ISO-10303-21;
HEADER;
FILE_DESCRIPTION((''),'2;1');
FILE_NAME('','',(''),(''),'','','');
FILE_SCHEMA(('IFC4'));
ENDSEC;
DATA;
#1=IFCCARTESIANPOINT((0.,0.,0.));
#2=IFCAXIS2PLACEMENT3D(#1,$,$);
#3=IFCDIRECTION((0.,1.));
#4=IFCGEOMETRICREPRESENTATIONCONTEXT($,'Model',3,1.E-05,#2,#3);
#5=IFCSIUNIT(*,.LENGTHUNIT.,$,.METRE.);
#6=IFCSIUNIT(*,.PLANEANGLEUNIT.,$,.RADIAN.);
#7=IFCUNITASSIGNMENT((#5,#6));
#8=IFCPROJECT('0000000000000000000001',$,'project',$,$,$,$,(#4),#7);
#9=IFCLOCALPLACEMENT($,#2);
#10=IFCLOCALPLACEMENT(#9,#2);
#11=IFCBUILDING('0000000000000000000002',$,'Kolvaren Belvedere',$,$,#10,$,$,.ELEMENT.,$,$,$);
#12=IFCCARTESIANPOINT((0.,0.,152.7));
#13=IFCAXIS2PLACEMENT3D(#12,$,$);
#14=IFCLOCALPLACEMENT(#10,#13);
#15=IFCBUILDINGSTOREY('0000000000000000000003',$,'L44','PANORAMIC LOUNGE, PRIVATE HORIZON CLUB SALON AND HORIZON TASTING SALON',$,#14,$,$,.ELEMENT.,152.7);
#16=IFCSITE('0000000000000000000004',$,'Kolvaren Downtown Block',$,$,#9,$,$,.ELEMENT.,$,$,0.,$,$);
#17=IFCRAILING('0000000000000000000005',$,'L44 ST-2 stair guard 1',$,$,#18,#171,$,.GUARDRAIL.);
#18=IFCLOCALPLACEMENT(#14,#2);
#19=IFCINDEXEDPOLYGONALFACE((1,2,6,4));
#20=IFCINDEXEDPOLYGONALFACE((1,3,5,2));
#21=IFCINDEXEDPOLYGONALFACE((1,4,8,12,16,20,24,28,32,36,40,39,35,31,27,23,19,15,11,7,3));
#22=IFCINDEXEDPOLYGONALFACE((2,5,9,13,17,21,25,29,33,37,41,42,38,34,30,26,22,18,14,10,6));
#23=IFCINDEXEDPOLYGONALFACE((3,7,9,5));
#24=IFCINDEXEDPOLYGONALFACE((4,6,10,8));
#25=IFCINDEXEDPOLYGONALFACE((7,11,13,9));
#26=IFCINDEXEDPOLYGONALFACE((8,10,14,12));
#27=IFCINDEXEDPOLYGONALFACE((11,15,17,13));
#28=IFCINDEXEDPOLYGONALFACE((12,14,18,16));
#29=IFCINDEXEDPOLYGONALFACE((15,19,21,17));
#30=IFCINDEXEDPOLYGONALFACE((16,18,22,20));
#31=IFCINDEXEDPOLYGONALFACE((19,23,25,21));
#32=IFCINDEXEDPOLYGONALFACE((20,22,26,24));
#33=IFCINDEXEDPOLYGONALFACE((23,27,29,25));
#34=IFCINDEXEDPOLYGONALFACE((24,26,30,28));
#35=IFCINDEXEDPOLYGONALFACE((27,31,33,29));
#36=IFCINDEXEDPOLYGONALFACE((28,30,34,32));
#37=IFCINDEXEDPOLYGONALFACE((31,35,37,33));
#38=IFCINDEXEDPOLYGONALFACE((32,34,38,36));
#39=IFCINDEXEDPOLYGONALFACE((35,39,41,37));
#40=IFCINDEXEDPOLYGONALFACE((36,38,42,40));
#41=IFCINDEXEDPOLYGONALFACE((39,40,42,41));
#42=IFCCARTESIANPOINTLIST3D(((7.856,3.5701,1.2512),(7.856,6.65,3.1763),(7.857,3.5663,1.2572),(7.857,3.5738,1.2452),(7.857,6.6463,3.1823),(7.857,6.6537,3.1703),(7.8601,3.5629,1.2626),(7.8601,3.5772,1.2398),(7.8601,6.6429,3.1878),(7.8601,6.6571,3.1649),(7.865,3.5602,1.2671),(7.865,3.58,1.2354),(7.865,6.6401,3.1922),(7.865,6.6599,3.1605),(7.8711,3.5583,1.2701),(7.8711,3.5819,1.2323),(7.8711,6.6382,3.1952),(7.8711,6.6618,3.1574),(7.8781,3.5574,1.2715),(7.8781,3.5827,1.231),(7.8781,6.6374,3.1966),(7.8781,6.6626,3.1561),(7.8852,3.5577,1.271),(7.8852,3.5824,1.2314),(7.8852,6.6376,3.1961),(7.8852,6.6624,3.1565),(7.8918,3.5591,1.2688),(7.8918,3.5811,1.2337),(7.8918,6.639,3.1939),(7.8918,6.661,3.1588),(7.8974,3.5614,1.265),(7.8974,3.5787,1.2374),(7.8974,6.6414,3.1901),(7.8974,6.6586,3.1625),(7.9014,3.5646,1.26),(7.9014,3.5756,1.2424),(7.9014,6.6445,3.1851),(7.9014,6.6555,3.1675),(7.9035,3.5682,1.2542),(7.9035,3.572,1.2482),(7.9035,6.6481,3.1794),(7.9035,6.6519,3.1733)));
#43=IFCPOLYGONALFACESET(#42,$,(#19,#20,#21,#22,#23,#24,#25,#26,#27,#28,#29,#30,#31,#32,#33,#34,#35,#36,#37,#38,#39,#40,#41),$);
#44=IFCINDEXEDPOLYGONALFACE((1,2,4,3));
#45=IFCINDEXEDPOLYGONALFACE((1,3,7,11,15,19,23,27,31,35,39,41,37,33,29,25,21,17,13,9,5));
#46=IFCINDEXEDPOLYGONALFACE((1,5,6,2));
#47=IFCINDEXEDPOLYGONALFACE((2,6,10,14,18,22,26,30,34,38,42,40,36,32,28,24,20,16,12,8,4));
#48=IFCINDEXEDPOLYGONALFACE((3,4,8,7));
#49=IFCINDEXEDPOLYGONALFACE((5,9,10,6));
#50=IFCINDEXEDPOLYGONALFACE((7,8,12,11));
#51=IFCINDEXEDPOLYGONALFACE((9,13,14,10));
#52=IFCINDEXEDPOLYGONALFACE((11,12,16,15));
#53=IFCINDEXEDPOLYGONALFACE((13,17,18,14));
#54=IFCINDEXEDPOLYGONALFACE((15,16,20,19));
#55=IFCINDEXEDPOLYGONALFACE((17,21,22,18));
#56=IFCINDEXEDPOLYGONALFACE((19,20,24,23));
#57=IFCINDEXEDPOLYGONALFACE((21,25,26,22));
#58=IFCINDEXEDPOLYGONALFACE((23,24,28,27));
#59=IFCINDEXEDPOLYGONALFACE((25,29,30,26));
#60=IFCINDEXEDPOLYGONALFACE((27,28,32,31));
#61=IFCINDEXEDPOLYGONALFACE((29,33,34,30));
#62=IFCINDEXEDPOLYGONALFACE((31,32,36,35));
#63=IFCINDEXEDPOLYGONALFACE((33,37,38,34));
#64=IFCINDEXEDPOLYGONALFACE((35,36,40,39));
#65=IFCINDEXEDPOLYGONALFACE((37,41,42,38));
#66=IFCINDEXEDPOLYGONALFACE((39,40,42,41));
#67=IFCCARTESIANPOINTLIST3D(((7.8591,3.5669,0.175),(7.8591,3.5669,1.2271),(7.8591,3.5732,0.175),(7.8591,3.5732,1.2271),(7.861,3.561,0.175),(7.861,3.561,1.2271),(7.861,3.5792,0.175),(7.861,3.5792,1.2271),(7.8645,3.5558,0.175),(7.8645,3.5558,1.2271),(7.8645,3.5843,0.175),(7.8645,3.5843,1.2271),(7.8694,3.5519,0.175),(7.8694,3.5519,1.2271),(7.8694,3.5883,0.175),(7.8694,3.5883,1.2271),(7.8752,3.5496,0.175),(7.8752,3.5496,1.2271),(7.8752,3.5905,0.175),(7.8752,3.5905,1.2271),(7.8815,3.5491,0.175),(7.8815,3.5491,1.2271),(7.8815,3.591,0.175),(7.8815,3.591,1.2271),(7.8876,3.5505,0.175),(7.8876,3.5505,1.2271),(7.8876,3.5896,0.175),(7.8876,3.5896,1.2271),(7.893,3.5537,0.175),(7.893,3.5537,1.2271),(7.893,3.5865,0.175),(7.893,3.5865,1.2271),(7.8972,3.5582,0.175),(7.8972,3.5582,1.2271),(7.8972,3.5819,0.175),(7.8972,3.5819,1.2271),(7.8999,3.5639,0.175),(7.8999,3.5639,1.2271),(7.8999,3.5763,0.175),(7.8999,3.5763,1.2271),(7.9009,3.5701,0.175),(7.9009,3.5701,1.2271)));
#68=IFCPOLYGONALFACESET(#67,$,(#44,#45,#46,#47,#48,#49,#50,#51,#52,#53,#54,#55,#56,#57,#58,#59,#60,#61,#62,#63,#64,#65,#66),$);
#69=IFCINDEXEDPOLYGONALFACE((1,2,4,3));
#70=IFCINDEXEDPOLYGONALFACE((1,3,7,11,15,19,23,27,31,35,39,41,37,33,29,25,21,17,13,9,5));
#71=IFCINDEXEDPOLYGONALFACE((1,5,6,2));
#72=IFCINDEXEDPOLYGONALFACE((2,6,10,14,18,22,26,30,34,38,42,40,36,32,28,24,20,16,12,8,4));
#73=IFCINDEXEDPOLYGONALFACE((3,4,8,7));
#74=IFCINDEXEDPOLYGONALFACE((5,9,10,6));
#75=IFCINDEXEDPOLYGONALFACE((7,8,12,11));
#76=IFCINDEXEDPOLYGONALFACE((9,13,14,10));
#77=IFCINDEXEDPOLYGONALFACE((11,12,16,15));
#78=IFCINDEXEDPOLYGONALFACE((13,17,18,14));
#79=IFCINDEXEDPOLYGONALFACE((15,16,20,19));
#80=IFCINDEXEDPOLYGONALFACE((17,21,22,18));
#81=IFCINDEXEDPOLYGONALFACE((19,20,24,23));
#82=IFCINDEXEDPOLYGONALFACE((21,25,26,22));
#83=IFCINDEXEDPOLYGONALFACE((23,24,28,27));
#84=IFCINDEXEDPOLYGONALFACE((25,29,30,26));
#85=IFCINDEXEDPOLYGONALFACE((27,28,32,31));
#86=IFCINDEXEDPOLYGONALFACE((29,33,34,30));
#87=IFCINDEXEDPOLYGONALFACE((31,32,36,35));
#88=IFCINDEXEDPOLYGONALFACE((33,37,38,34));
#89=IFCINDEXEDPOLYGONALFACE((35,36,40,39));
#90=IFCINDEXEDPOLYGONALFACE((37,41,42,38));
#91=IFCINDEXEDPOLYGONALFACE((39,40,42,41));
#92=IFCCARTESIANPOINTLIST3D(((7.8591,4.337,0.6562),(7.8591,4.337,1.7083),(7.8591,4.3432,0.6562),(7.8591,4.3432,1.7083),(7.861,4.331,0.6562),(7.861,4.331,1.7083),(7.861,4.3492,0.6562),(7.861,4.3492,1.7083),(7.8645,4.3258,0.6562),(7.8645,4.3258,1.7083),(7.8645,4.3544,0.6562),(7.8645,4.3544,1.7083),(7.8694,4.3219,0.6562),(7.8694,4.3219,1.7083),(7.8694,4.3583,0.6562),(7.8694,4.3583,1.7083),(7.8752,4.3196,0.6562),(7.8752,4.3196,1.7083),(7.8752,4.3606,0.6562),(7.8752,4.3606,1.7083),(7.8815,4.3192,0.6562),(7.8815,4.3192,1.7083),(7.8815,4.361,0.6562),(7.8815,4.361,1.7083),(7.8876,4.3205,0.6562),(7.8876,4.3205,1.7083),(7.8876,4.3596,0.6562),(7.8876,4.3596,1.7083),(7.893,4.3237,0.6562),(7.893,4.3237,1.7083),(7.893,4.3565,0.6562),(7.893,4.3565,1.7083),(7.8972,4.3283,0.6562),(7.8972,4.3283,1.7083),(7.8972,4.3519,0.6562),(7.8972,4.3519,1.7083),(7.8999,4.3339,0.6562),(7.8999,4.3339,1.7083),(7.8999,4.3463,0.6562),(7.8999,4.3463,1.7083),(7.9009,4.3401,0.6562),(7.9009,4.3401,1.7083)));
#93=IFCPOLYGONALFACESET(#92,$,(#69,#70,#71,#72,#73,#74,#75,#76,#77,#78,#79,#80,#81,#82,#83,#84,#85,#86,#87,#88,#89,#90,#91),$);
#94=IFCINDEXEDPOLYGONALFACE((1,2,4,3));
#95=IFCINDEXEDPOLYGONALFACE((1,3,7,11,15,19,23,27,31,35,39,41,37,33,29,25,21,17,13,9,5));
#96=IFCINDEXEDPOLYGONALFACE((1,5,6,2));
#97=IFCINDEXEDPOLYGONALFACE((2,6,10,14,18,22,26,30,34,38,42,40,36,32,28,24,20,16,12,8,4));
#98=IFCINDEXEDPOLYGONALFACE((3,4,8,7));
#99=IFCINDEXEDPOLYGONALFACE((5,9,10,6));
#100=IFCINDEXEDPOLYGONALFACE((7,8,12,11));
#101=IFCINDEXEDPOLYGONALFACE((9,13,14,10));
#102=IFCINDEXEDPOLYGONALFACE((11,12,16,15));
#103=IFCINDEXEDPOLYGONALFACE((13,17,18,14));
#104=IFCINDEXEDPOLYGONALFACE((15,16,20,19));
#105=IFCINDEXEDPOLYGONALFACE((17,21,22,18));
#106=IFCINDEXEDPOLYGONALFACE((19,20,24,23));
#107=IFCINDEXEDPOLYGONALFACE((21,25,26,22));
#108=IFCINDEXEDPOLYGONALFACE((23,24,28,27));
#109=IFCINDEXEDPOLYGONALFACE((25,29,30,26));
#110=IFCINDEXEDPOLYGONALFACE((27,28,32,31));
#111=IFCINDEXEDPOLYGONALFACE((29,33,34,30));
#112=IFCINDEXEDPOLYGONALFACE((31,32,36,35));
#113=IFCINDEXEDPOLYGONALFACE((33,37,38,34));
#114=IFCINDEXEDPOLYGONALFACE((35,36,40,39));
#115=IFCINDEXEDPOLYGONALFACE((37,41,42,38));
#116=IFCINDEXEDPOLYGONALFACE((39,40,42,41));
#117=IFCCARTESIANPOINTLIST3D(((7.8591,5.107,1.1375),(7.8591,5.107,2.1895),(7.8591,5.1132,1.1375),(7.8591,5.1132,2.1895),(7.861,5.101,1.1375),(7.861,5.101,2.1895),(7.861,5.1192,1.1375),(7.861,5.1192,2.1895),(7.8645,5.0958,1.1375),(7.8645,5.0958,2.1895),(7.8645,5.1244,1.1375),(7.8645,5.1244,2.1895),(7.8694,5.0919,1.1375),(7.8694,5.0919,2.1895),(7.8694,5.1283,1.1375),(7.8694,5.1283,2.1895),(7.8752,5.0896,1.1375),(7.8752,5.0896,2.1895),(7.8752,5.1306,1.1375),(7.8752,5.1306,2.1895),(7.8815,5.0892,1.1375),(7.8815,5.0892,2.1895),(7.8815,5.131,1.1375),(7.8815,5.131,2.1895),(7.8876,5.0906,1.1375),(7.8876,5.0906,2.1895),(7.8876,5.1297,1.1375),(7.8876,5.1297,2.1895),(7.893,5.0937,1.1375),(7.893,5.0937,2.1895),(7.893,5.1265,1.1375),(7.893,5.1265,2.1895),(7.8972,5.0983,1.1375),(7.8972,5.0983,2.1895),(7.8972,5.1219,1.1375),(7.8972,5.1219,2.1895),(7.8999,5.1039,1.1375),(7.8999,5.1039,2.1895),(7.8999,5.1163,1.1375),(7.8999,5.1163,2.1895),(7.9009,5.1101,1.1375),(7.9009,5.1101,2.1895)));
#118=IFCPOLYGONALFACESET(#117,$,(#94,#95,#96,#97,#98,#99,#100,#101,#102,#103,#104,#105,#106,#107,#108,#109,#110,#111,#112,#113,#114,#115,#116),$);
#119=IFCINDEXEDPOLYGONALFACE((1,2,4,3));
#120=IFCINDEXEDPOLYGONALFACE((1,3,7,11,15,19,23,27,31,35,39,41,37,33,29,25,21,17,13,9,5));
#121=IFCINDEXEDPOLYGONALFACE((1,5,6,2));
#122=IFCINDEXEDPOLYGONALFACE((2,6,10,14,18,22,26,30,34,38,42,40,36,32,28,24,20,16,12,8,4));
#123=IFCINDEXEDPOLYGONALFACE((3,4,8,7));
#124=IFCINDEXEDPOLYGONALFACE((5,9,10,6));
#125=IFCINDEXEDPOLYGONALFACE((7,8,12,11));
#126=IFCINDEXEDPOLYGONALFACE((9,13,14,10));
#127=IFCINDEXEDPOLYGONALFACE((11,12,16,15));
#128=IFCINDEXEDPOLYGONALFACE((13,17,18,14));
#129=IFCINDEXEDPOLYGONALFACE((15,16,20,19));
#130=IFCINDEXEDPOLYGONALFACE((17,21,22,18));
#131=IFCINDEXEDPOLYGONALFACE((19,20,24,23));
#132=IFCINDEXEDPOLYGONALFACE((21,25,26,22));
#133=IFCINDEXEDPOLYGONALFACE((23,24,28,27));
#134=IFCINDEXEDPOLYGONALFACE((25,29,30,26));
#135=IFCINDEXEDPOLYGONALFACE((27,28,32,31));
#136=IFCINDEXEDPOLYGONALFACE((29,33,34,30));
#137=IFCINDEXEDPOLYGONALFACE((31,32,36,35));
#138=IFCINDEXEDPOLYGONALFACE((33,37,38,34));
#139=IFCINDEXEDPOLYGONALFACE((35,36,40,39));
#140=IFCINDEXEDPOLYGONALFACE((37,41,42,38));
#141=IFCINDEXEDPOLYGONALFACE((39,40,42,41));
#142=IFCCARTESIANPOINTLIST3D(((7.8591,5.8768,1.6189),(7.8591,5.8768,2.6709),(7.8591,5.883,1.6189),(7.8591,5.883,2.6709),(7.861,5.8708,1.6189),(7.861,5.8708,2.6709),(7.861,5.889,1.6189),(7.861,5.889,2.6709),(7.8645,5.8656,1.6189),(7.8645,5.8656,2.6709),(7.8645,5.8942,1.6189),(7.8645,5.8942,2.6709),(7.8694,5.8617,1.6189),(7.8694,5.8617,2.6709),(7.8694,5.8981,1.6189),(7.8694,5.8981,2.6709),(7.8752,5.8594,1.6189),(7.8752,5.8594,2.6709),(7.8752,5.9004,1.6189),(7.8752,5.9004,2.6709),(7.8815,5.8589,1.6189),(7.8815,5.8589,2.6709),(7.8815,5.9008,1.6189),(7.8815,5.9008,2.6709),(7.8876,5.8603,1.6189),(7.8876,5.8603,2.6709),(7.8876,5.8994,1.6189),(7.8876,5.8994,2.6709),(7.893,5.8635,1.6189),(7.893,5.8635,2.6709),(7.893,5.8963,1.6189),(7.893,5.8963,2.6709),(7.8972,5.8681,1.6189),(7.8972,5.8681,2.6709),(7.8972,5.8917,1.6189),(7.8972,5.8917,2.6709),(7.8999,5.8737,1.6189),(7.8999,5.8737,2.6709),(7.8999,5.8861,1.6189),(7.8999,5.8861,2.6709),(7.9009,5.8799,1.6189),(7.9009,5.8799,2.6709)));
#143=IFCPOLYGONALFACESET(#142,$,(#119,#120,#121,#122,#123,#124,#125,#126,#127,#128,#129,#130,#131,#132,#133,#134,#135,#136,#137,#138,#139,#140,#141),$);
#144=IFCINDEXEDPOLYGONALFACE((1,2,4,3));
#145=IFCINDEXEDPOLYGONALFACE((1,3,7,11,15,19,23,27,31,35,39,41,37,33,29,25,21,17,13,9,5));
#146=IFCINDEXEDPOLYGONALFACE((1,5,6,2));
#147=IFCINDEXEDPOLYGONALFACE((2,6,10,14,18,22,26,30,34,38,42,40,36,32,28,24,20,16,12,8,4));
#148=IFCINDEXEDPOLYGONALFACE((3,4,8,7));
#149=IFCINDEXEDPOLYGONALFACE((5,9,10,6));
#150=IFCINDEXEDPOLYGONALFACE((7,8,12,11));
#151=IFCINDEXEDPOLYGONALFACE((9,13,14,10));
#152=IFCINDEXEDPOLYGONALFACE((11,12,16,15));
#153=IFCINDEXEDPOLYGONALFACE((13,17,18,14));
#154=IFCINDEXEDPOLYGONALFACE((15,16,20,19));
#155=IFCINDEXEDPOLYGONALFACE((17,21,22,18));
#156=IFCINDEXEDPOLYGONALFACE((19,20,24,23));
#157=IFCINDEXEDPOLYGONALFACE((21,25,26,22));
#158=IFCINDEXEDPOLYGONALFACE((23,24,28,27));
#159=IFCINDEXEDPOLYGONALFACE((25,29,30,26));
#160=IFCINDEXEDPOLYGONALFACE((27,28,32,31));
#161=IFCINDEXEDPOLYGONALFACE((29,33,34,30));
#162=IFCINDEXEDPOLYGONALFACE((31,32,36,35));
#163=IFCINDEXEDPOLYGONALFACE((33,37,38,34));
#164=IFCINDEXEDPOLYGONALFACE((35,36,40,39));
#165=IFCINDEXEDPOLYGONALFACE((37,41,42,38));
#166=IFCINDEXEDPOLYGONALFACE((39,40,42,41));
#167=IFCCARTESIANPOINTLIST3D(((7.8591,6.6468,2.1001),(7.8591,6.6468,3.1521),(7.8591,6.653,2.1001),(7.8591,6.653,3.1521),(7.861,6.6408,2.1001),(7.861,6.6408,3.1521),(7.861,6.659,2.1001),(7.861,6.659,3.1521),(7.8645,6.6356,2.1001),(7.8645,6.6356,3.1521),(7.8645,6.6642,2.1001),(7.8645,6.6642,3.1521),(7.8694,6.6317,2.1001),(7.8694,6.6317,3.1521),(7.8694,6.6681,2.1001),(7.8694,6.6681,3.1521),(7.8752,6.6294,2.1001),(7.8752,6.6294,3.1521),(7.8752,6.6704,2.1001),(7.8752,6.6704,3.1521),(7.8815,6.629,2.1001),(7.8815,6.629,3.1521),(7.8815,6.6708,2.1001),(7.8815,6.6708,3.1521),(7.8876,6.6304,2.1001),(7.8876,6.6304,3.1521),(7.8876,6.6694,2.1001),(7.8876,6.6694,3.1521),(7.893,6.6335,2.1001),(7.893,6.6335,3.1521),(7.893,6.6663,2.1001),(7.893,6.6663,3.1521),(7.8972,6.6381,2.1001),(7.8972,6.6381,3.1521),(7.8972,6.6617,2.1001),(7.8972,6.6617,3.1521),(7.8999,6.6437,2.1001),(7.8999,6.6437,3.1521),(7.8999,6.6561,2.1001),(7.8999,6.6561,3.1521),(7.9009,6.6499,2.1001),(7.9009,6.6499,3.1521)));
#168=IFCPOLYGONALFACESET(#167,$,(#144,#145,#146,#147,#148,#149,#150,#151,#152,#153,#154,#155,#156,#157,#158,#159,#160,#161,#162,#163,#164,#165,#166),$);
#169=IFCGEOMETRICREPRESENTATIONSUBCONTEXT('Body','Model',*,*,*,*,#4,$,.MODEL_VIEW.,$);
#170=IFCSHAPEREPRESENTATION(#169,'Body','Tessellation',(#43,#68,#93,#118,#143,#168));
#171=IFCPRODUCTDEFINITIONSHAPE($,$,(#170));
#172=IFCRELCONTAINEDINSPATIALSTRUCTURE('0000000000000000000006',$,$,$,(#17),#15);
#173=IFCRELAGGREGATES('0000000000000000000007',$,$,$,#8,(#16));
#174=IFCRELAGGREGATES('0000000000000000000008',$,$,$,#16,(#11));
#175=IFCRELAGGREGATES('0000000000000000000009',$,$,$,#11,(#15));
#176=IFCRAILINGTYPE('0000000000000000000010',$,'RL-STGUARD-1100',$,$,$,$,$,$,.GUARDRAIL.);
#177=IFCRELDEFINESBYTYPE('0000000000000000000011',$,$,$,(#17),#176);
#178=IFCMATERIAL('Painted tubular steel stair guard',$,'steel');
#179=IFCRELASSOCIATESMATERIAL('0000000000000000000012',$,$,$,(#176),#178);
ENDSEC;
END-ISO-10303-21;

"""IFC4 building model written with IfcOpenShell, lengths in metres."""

from ifc_helpers import new_model, si_unit, direction, frame, origin, origin_2d, place, context, subcontext, project, spatial, circle, extrude, material, type_object, element, save


model = new_model("IFC4")

# Units and contexts
model_context = context("Model", 3, precision=1e-05, world=origin(), true_north=direction((0.0, 1.0)))
body_context = subcontext(model_context, "Body", "Model", "MODEL_VIEW")
ifc_project = project(units=[si_unit("LENGTHUNIT", "METRE"), si_unit("PLANEANGLEUNIT", "RADIAN")], contexts=[model_context])

# Site, building, storey
site_placement = place(None, origin())
site = spatial("IfcSite", under=ifc_project, at=site_placement, Name="Kolvaren Downtown Block", CompositionType="ELEMENT", RefElevation=0.0)
building_placement = place(site_placement, origin())
building = spatial("IfcBuilding", under=site, at=building_placement, Name="Kolvaren Belvedere", CompositionType="ELEMENT")
storey_placement = place(building_placement, frame((0.0, 0.0, 152.7)))
storey = spatial("IfcBuildingStorey", under=building, at=storey_placement, Name="L44", Description="PANORAMIC LOUNGE, PRIVATE HORIZON CLUB SALON AND HORIZON TASTING SALON", CompositionType="ELEMENT", Elevation=152.7)

# Railing
ifc_material_1 = material(Name="Painted tubular steel stair guard", Category="steel")
railing_type_1 = type_object("IfcRailingType", Name="RL-STGUARD-1100", PredefinedType="GUARDRAIL", material=ifc_material_1)
railing_1_placement = place(storey_placement, frame((7.8799, 3.5701, 0.175)))
element("IfcRailing", 1, at=railing_1_placement, inside=storey, type_object=railing_type_1, Name="L44 ST-2 stair guard 1", PredefinedType="GUARDRAIL", context=body_context, shape_type="SweptSolid", body=[
    extrude(circle(Radius=0.0239, at=origin_2d()), frame((0.0, 0.0, 1.0762), z_axis=(0.0, 0.847979, 0.530029), x_axis=(-1.0, 0.0, 0.0)), (0.0, 0.0, 1.0), 3.6321),
    extrude(circle(Radius=0.021, at=origin_2d()), origin(), (0.0, 0.0, 1.0), 1.052),
    extrude(circle(Radius=0.021, at=origin_2d()), frame((0.0, 0.77, 0.4812)), (0.0, 0.0, 1.0), 1.052),
    extrude(circle(Radius=0.021, at=origin_2d()), frame((0.0, 1.54, 0.9624)), (0.0, 0.0, 1.0), 1.052),
    extrude(circle(Radius=0.021, at=origin_2d()), frame((0.0, 2.3098, 1.4438)), (0.0, 0.0, 1.0), 1.052),
    extrude(circle(Radius=0.021, at=origin_2d()), frame((0.0, 3.0798, 1.925)), (0.0, 0.0, 1.0), 1.052),
])

save(model, "model.ifc")
